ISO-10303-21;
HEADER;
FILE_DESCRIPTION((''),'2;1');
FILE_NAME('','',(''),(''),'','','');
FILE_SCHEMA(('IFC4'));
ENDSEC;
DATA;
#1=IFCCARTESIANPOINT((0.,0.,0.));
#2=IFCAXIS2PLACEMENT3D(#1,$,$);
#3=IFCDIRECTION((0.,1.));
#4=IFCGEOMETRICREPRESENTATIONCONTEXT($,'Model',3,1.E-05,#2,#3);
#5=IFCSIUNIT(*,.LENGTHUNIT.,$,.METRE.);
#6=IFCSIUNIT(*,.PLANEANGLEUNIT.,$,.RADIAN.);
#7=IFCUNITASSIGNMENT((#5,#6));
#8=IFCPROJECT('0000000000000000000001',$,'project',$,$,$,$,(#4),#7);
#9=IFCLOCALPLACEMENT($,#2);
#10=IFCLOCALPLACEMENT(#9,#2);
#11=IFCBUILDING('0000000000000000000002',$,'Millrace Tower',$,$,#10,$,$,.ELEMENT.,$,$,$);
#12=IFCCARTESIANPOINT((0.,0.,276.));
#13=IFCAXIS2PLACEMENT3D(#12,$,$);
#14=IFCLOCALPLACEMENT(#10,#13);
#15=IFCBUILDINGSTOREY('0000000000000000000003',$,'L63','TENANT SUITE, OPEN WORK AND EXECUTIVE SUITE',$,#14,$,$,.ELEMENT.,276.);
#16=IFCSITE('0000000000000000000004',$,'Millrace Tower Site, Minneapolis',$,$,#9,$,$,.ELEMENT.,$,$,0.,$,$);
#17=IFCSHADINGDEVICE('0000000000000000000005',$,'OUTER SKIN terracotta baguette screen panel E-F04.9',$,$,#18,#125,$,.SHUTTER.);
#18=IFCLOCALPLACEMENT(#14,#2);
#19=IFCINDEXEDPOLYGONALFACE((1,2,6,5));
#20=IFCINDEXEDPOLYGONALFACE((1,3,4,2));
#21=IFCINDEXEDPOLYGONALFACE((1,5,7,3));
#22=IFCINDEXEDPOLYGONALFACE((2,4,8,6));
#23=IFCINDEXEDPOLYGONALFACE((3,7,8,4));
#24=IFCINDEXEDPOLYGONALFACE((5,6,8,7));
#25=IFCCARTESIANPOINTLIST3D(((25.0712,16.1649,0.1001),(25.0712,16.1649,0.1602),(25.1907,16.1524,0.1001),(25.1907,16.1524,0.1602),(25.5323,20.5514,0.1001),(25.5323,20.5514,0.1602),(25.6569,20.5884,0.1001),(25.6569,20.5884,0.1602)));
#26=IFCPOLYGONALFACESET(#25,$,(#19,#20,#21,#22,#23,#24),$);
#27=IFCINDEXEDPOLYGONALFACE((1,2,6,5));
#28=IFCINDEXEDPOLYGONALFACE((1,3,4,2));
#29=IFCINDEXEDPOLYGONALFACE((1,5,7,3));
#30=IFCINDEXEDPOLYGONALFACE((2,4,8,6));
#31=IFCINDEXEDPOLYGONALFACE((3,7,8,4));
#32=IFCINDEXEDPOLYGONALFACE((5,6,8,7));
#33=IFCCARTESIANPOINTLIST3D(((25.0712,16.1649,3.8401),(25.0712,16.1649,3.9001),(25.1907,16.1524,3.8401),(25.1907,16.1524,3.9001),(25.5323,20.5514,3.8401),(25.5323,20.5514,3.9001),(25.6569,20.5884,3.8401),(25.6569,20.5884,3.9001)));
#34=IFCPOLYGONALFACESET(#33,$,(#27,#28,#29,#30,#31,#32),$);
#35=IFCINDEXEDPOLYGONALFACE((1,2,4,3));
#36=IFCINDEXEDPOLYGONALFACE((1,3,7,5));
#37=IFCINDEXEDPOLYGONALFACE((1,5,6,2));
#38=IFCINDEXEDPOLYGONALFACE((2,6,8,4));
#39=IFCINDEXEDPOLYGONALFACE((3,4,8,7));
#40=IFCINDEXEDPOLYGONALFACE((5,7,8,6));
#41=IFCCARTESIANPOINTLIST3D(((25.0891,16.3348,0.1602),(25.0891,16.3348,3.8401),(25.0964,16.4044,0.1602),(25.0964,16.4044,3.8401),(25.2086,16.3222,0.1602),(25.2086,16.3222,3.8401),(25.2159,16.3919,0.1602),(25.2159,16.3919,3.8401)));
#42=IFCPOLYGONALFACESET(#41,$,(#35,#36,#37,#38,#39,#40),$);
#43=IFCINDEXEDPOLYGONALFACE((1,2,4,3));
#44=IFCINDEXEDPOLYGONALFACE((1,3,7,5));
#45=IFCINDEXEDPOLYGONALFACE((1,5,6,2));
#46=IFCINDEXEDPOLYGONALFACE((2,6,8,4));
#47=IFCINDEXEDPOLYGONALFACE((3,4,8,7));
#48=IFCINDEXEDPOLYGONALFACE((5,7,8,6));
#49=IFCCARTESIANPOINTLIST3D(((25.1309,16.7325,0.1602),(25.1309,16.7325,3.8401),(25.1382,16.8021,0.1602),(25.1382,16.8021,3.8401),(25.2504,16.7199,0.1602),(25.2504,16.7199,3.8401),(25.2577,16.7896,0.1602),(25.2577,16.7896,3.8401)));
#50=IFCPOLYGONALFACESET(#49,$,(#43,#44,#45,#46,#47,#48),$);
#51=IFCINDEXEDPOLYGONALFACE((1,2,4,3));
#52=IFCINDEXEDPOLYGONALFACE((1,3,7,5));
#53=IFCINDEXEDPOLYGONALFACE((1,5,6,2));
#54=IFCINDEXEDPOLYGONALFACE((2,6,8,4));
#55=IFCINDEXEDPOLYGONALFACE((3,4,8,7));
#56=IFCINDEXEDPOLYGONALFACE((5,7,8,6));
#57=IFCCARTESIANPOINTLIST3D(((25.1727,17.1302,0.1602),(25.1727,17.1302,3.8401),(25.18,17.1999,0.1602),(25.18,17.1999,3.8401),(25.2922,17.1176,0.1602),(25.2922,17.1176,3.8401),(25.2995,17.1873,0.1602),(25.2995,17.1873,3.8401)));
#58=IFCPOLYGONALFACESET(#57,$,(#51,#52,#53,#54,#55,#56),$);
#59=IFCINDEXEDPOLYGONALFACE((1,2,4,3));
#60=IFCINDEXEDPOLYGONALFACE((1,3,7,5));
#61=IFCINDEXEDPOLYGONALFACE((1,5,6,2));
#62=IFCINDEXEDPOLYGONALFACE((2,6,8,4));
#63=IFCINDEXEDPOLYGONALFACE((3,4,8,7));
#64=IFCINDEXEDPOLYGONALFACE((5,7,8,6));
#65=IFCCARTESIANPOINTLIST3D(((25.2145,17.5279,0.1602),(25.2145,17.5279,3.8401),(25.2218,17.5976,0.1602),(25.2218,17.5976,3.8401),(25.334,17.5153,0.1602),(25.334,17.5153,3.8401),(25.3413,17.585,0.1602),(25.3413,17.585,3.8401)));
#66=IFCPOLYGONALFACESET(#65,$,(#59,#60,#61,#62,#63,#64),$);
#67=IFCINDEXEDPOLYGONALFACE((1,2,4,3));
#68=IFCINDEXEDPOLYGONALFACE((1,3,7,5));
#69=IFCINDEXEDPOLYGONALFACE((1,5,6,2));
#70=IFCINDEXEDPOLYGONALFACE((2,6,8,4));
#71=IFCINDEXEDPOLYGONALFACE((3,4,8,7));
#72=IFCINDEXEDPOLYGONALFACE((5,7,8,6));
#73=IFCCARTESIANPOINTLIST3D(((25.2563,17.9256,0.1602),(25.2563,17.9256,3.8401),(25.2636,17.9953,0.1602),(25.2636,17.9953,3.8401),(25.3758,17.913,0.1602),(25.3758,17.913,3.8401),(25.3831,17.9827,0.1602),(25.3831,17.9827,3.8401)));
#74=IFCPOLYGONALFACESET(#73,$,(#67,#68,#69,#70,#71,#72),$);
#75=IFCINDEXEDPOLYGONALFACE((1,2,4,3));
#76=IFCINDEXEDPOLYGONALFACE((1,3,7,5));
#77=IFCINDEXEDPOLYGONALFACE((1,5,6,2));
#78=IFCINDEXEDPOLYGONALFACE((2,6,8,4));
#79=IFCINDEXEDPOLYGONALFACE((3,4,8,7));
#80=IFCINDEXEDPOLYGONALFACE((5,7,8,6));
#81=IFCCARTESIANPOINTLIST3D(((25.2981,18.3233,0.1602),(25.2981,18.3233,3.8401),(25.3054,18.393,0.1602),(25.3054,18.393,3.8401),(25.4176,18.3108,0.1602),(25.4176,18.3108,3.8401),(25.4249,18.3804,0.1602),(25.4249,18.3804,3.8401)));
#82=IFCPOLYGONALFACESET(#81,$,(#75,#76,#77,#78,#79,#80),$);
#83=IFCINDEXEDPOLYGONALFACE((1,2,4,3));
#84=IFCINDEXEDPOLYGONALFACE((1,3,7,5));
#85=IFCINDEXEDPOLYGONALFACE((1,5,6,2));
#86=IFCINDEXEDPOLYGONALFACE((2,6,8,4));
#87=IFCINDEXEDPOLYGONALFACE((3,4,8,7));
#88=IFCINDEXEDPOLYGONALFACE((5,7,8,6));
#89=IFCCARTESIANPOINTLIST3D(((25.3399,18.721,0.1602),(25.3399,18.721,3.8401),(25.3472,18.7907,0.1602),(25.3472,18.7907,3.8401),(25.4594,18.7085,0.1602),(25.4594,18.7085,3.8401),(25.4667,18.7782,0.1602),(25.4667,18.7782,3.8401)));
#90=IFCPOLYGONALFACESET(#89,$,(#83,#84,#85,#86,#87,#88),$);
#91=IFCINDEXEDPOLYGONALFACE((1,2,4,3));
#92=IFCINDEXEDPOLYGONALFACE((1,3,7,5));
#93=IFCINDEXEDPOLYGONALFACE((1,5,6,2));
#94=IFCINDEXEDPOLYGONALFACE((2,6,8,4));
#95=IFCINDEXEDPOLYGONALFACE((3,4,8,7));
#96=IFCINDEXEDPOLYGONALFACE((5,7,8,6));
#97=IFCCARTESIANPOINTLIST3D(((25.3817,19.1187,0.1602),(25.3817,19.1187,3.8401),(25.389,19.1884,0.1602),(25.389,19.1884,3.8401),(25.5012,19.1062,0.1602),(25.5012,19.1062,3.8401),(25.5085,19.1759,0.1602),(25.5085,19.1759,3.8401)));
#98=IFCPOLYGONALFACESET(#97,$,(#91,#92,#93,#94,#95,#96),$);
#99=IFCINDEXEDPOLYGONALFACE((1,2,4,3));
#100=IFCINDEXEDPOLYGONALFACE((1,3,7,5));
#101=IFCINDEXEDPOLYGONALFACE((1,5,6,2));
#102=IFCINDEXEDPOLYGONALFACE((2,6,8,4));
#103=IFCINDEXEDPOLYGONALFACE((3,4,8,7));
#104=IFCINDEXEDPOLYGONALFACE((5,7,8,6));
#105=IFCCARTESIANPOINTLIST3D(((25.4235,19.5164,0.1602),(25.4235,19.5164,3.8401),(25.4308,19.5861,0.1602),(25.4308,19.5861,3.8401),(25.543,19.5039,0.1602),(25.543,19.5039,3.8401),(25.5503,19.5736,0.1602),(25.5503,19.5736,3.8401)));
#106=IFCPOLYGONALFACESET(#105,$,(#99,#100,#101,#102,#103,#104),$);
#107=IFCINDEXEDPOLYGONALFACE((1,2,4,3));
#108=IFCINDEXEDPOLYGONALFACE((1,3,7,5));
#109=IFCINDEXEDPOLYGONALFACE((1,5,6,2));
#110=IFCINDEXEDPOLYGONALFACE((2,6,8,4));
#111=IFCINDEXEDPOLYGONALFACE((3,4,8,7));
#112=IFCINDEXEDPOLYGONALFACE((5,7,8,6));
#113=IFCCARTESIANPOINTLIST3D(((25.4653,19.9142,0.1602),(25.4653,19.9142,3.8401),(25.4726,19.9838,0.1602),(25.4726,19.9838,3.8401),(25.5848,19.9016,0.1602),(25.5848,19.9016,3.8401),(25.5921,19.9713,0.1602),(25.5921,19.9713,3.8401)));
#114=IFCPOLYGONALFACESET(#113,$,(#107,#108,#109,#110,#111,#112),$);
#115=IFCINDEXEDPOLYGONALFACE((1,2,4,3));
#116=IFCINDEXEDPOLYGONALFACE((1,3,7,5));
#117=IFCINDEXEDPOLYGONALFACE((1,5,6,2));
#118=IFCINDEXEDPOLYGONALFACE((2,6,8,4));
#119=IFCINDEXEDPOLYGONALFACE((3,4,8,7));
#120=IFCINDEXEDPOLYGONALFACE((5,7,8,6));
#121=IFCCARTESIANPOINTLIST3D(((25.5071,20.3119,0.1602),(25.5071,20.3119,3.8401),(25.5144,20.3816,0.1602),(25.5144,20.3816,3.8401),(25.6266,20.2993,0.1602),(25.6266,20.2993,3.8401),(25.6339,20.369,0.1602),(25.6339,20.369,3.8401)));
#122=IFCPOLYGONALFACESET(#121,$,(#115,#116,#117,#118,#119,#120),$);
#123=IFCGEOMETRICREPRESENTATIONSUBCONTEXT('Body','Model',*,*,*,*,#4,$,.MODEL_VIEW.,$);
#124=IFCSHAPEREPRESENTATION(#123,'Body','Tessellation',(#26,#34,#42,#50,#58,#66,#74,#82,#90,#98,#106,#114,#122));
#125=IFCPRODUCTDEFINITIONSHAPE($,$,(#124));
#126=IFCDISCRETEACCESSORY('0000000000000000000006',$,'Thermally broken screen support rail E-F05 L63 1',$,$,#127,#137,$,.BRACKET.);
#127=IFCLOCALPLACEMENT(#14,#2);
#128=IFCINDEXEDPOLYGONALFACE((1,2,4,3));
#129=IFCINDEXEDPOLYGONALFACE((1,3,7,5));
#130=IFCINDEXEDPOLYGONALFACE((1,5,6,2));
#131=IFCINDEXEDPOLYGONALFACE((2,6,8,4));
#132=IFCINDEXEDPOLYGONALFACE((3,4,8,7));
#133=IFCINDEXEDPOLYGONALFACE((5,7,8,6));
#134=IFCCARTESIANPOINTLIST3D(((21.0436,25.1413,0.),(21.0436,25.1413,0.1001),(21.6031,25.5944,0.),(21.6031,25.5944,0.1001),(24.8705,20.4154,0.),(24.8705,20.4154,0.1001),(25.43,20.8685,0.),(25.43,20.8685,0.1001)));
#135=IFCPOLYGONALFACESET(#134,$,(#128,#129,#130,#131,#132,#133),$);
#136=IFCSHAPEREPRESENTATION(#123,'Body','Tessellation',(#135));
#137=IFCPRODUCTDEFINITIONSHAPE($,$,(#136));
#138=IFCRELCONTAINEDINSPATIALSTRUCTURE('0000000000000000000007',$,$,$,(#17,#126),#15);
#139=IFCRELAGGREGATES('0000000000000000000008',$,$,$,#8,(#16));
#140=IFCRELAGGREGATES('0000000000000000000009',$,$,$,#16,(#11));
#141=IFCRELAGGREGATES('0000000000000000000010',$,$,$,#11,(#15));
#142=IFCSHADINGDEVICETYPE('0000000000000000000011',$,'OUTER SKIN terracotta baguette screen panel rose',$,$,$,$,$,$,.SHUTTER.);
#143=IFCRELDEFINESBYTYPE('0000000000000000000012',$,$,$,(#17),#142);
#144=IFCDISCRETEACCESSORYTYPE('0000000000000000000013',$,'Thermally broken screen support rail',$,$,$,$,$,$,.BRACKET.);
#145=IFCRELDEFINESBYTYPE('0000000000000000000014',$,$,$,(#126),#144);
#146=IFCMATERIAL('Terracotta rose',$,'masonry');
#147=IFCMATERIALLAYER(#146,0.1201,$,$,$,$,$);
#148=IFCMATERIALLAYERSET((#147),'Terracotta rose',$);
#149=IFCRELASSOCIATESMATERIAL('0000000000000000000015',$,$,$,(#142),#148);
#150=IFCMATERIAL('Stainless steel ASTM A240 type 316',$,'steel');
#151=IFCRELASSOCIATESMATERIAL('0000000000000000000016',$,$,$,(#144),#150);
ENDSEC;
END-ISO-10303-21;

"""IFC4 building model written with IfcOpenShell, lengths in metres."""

from ifc_helpers import new_model, entity, si_unit, direction, frame, frame_2d, origin, origin_2d, place, context, subcontext, project, spatial, rectangle, extrude, source, transform, mapped, material, layer, layer_set, type_object, element, save


model = new_model("IFC4")

# Units and contexts
model_context = context("Model", 3, precision=1e-05, world=origin(), true_north=direction((0.0, 1.0)))
body_context = subcontext(model_context, "Body", "Model", "MODEL_VIEW")
ifc_project = project(units=[si_unit("LENGTHUNIT", "METRE"), si_unit("PLANEANGLEUNIT", "RADIAN")], contexts=[model_context])

# Site, building, storey
site_placement = place(None, origin())
site = spatial("IfcSite", under=ifc_project, at=site_placement, Name="Millrace Tower Site, Minneapolis", CompositionType="ELEMENT", RefElevation=0.0)
building_placement = place(site_placement, origin())
building = spatial("IfcBuilding", under=site, at=building_placement, Name="Millrace Tower", CompositionType="ELEMENT")
storey_placement = place(building_placement, frame((0.0, 0.0, 276.0)))
storey = spatial("IfcBuildingStorey", under=building, at=storey_placement, Name="L63", Description="TENANT SUITE, OPEN WORK AND EXECUTIVE SUITE", CompositionType="ELEMENT", Elevation=276.0)

# Shading device
ifc_material_1 = material(Name="Terracotta rose", Category="masonry")
ifc_layer_1 = layer(ifc_material_1, 0.1201)
ifc_layer_set_1 = layer_set([ifc_layer_1], Name="Terracotta rose")
shading_device_type = type_object("IfcShadingDeviceType", Name="OUTER SKIN terracotta baguette screen panel rose", PredefinedType="SHUTTER", material=ifc_layer_set_1)
cartesian_point_1 = entity("IfcCartesianPoint", [-2.2178, 0.0601])
shared_polyline_1 = entity("IfcPolyline", [cartesian_point_1, entity("IfcCartesianPoint", [2.1929, 0.0601]), entity("IfcCartesianPoint", [2.2427, -0.0601]), entity("IfcCartesianPoint", [-2.2178, -0.0601]), cartesian_point_1])
shared_shape_1 = source(origin(), body_context, "Body", "SweptSolid", [
    entity("IfcExtrudedAreaSolid", entity("IfcArbitraryClosedProfileDef", "AREA", None, shared_polyline_1), entity("IfcAxis2Placement3D", entity("IfcCartesianPoint", [0.0, 0.0, 0.0])), entity("IfcDirection", [0.0, 0.0, 1.0]), 0.0601),
    entity("IfcExtrudedAreaSolid", entity("IfcArbitraryClosedProfileDef", "AREA", None, shared_polyline_1), entity("IfcAxis2Placement3D", entity("IfcCartesianPoint", [0.0, 0.0, 3.74])), entity("IfcDirection", [0.0, 0.0, 1.0]), 0.0601),
    extrude(rectangle(XDim=0.0701, YDim=0.1201, at=frame_2d((-2.012, 0.0))), frame((0.0, 0.0, 0.0601)), (0.0, 0.0, 1.0), 3.6799),
    extrude(rectangle(XDim=0.0701, YDim=0.1201, at=frame_2d((-1.6121, 0.0))), frame((0.0, 0.0, 0.0601)), (0.0, 0.0, 1.0), 3.6799),
    extrude(rectangle(XDim=0.0701, YDim=0.1201, at=frame_2d((-1.2122, 0.0))), frame((0.0, 0.0, 0.0601)), (0.0, 0.0, 1.0), 3.6799),
    extrude(rectangle(XDim=0.0701, YDim=0.1201, at=frame_2d((-0.8123, 0.0))), frame((0.0, 0.0, 0.0601)), (0.0, 0.0, 1.0), 3.6799),
    extrude(rectangle(XDim=0.0701, YDim=0.1201, at=frame_2d((-0.4124, 0.0))), frame((0.0, 0.0, 0.0601)), (0.0, 0.0, 1.0), 3.6799),
    extrude(rectangle(XDim=0.0701, YDim=0.1201, at=frame_2d((-0.0125, 0.0))), frame((0.0, 0.0, 0.0601)), (0.0, 0.0, 1.0), 3.6799),
    extrude(rectangle(XDim=0.0701, YDim=0.1201, at=frame_2d((0.3875, 0.0))), frame((0.0, 0.0, 0.0601)), (0.0, 0.0, 1.0), 3.6799),
    extrude(rectangle(XDim=0.0701, YDim=0.1201, at=frame_2d((0.7874, 0.0))), frame((0.0, 0.0, 0.0601)), (0.0, 0.0, 1.0), 3.6799),
    extrude(rectangle(XDim=0.0701, YDim=0.1201, at=frame_2d((1.1873, 0.0))), frame((0.0, 0.0, 0.0601)), (0.0, 0.0, 1.0), 3.6799),
    extrude(rectangle(XDim=0.0701, YDim=0.1201, at=frame_2d((1.5872, 0.0))), frame((0.0, 0.0, 0.0601)), (0.0, 0.0, 1.0), 3.6799),
    extrude(rectangle(XDim=0.0701, YDim=0.1201, at=frame_2d((1.9871, 0.0))), frame((0.0, 0.0, 0.0601)), (0.0, 0.0, 1.0), 3.6799),
])
shading_device_1_placement = place(storey_placement, frame((25.3628, 18.3643, 0.1001), z_axis=(0.0, 0.0, 1.0), x_axis=(0.104528, 0.994522, 0.0)))
element("IfcShadingDevice", 1, at=shading_device_1_placement, inside=storey, type_object=shading_device_type, Name="OUTER SKIN terracotta baguette screen panel E-F04.9", PredefinedType="SHUTTER", context=body_context, shape_type="MappedRepresentation", body=[
    mapped(shared_shape_1, transform((0.0, 0.0, 0.0), scale=1.0)),
])

# Discrete accessory
ifc_material_2 = material(Name="Stainless steel ASTM A240 type 316", Category="steel")
discrete_accessory_type = type_object("IfcDiscreteAccessoryType", Name="Thermally broken screen support rail", PredefinedType="BRACKET", material=ifc_material_2)
discrete_accessory_placement = place(storey_placement, frame((23.2368, 23.0049, 0.0), z_axis=(0.0, 0.0, 1.0), x_axis=(-0.62932, 0.777146, 0.0)))
element("IfcDiscreteAccessory", 2, at=discrete_accessory_placement, inside=storey, type_object=discrete_accessory_type, Name="Thermally broken screen support rail E-F05 L63 1", PredefinedType="BRACKET", context=body_context, shape_type="SweptSolid", body=[
    extrude(rectangle(XDim=6.0811, YDim=0.72, at=origin_2d()), origin(), (0.0, 0.0, 1.0), 0.1001),
])

save(model, "model.ifc")
